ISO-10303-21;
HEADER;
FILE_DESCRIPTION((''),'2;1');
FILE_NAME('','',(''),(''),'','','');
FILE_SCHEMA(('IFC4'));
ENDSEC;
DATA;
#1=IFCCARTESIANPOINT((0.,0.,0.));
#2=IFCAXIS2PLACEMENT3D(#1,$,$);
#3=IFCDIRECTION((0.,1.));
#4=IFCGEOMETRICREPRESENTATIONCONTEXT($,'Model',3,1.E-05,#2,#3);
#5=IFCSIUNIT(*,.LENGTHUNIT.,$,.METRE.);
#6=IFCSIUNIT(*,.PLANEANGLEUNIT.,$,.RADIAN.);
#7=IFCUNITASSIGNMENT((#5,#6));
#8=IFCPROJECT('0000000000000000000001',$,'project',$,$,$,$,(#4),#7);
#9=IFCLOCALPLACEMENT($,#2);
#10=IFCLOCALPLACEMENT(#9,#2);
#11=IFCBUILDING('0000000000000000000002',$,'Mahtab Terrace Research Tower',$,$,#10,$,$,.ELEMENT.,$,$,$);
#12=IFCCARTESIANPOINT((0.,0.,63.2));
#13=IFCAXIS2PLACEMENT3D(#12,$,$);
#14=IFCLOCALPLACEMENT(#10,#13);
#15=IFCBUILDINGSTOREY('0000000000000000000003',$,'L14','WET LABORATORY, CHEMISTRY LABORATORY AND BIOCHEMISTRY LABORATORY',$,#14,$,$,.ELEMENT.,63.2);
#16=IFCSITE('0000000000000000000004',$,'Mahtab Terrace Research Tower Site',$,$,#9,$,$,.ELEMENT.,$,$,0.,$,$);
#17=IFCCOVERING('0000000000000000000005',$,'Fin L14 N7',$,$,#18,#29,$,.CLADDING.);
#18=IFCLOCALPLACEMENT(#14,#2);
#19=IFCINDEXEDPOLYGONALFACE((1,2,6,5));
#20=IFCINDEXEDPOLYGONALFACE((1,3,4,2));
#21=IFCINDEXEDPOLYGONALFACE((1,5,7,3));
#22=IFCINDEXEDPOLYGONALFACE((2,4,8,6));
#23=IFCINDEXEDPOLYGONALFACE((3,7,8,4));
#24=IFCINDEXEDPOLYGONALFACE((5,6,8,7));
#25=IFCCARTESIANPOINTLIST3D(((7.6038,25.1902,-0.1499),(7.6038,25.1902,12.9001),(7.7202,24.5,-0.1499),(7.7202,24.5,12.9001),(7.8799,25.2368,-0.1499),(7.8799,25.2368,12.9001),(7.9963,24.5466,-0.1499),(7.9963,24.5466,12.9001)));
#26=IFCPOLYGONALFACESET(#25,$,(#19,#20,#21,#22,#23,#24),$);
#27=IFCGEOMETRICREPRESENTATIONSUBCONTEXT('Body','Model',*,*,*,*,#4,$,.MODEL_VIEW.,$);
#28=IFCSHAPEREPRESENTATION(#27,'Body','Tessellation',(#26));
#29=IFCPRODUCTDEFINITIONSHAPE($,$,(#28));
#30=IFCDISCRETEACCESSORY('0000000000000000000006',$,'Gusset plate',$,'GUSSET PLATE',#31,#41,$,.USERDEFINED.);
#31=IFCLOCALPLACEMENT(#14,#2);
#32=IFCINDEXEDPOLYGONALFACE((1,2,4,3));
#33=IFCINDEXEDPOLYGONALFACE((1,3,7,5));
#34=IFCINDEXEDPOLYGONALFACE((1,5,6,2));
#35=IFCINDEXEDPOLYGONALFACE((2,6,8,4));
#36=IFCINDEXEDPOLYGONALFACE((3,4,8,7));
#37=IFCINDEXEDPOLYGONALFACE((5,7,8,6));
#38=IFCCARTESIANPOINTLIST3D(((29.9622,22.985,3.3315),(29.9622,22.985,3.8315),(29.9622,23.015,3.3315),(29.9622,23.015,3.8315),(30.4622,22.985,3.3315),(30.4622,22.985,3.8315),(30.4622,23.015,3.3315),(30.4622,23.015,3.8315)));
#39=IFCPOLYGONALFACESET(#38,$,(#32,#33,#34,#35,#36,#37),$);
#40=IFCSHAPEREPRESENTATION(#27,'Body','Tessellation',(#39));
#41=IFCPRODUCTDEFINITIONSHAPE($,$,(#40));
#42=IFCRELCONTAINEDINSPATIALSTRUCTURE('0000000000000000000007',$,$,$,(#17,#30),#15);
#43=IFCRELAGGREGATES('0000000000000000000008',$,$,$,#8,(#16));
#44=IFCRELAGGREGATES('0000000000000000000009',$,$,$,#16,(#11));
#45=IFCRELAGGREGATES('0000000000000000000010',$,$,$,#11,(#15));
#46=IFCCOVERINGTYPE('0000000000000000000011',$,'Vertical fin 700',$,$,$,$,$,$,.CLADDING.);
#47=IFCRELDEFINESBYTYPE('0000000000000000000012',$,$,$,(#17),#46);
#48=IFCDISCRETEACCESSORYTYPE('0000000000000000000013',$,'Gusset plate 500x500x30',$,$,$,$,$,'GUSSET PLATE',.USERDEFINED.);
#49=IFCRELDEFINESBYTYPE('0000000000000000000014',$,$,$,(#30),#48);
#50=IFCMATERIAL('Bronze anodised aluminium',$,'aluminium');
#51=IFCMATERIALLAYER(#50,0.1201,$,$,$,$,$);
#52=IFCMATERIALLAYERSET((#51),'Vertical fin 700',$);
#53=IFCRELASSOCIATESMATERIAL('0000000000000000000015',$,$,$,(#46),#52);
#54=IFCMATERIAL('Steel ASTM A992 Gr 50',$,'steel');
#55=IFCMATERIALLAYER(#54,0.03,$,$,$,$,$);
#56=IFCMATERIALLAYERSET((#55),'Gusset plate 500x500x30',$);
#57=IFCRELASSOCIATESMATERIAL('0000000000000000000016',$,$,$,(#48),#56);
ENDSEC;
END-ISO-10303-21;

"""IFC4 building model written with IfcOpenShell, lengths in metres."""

from ifc_helpers import new_model, si_unit, direction, frame, origin, origin_2d, place, context, subcontext, project, spatial, rectangle, extrude, material, layer, layer_set, type_object, element, save


model = new_model("IFC4")

# Units and contexts
model_context = context("Model", 3, precision=1e-05, world=origin(), true_north=direction((0.0, 1.0)))
body_context = subcontext(model_context, "Body", "Model", "MODEL_VIEW")
ifc_project = project(units=[si_unit("LENGTHUNIT", "METRE"), si_unit("PLANEANGLEUNIT", "RADIAN")], contexts=[model_context])

# Site, building, storey
site_placement = place(None, origin())
site = spatial("IfcSite", under=ifc_project, at=site_placement, Name="Mahtab Terrace Research Tower Site", CompositionType="ELEMENT", RefElevation=0.0)
building_placement = place(site_placement, origin())
building = spatial("IfcBuilding", under=site, at=building_placement, Name="Mahtab Terrace Research Tower", CompositionType="ELEMENT")
storey_placement = place(building_placement, frame((0.0, 0.0, 63.2)))
storey = spatial("IfcBuildingStorey", under=building, at=storey_placement, Name="L14", Description="WET LABORATORY, CHEMISTRY LABORATORY AND BIOCHEMISTRY LABORATORY", CompositionType="ELEMENT", Elevation=63.2)

# Shared definitions
ifc_material_1 = material(Name="Steel ASTM A992 Gr 50", Category="steel")

# Covering
ifc_material_2 = material(Name="Bronze anodised aluminium", Category="aluminium")
ifc_layer_1 = layer(ifc_material_2, 0.1201)
ifc_layer_set_1 = layer_set([ifc_layer_1], Name="Vertical fin 700")
covering_type = type_object("IfcCoveringType", Name="Vertical fin 700", PredefinedType="CLADDING", material=ifc_layer_set_1)
for number, where, z_axis, x_axis, name in (
    (1, (7.8, 24.8684, -0.1499), (0.0, 0.0, 1.0), (-0.986079, -0.166277, 0.0), "Fin L14 N7"),
):
    element("IfcCovering", number, at=place(storey_placement, frame(where, z_axis=z_axis, x_axis=x_axis)), inside=storey, type_object=covering_type, Name=name, PredefinedType="CLADDING", context=body_context, shape_type="SweptSolid", body=[
        extrude(rectangle(XDim=0.28, YDim=0.7, at=origin_2d()), origin(), (0.0, 0.0, 1.0), 13.05),
    ])

# Discrete accessory
ifc_layer_2 = layer(ifc_material_1, 0.03)
ifc_layer_set_2 = layer_set([ifc_layer_2], Name="Gusset plate 500x500x30")
discrete_accessory_type = type_object("IfcDiscreteAccessoryType", Name="Gusset plate 500x500x30", ElementType="GUSSET PLATE", PredefinedType="USERDEFINED", material=ifc_layer_set_2)
discrete_accessory_placement = place(storey_placement, frame((30.2122, 23.0, 3.3315), z_axis=(0.0, 0.0, 1.0), x_axis=(1.0, 0.0, 0.0)))
element("IfcDiscreteAccessory", 2, at=discrete_accessory_placement, inside=storey, type_object=discrete_accessory_type, Name="Gusset plate", ObjectType="GUSSET PLATE", PredefinedType="USERDEFINED", context=body_context, shape_type="SweptSolid", body=[
    extrude(rectangle(XDim=0.5, YDim=0.03, at=origin_2d()), origin(), (0.0, 0.0, 1.0), 0.5),
])

save(model, "model.ifc")
